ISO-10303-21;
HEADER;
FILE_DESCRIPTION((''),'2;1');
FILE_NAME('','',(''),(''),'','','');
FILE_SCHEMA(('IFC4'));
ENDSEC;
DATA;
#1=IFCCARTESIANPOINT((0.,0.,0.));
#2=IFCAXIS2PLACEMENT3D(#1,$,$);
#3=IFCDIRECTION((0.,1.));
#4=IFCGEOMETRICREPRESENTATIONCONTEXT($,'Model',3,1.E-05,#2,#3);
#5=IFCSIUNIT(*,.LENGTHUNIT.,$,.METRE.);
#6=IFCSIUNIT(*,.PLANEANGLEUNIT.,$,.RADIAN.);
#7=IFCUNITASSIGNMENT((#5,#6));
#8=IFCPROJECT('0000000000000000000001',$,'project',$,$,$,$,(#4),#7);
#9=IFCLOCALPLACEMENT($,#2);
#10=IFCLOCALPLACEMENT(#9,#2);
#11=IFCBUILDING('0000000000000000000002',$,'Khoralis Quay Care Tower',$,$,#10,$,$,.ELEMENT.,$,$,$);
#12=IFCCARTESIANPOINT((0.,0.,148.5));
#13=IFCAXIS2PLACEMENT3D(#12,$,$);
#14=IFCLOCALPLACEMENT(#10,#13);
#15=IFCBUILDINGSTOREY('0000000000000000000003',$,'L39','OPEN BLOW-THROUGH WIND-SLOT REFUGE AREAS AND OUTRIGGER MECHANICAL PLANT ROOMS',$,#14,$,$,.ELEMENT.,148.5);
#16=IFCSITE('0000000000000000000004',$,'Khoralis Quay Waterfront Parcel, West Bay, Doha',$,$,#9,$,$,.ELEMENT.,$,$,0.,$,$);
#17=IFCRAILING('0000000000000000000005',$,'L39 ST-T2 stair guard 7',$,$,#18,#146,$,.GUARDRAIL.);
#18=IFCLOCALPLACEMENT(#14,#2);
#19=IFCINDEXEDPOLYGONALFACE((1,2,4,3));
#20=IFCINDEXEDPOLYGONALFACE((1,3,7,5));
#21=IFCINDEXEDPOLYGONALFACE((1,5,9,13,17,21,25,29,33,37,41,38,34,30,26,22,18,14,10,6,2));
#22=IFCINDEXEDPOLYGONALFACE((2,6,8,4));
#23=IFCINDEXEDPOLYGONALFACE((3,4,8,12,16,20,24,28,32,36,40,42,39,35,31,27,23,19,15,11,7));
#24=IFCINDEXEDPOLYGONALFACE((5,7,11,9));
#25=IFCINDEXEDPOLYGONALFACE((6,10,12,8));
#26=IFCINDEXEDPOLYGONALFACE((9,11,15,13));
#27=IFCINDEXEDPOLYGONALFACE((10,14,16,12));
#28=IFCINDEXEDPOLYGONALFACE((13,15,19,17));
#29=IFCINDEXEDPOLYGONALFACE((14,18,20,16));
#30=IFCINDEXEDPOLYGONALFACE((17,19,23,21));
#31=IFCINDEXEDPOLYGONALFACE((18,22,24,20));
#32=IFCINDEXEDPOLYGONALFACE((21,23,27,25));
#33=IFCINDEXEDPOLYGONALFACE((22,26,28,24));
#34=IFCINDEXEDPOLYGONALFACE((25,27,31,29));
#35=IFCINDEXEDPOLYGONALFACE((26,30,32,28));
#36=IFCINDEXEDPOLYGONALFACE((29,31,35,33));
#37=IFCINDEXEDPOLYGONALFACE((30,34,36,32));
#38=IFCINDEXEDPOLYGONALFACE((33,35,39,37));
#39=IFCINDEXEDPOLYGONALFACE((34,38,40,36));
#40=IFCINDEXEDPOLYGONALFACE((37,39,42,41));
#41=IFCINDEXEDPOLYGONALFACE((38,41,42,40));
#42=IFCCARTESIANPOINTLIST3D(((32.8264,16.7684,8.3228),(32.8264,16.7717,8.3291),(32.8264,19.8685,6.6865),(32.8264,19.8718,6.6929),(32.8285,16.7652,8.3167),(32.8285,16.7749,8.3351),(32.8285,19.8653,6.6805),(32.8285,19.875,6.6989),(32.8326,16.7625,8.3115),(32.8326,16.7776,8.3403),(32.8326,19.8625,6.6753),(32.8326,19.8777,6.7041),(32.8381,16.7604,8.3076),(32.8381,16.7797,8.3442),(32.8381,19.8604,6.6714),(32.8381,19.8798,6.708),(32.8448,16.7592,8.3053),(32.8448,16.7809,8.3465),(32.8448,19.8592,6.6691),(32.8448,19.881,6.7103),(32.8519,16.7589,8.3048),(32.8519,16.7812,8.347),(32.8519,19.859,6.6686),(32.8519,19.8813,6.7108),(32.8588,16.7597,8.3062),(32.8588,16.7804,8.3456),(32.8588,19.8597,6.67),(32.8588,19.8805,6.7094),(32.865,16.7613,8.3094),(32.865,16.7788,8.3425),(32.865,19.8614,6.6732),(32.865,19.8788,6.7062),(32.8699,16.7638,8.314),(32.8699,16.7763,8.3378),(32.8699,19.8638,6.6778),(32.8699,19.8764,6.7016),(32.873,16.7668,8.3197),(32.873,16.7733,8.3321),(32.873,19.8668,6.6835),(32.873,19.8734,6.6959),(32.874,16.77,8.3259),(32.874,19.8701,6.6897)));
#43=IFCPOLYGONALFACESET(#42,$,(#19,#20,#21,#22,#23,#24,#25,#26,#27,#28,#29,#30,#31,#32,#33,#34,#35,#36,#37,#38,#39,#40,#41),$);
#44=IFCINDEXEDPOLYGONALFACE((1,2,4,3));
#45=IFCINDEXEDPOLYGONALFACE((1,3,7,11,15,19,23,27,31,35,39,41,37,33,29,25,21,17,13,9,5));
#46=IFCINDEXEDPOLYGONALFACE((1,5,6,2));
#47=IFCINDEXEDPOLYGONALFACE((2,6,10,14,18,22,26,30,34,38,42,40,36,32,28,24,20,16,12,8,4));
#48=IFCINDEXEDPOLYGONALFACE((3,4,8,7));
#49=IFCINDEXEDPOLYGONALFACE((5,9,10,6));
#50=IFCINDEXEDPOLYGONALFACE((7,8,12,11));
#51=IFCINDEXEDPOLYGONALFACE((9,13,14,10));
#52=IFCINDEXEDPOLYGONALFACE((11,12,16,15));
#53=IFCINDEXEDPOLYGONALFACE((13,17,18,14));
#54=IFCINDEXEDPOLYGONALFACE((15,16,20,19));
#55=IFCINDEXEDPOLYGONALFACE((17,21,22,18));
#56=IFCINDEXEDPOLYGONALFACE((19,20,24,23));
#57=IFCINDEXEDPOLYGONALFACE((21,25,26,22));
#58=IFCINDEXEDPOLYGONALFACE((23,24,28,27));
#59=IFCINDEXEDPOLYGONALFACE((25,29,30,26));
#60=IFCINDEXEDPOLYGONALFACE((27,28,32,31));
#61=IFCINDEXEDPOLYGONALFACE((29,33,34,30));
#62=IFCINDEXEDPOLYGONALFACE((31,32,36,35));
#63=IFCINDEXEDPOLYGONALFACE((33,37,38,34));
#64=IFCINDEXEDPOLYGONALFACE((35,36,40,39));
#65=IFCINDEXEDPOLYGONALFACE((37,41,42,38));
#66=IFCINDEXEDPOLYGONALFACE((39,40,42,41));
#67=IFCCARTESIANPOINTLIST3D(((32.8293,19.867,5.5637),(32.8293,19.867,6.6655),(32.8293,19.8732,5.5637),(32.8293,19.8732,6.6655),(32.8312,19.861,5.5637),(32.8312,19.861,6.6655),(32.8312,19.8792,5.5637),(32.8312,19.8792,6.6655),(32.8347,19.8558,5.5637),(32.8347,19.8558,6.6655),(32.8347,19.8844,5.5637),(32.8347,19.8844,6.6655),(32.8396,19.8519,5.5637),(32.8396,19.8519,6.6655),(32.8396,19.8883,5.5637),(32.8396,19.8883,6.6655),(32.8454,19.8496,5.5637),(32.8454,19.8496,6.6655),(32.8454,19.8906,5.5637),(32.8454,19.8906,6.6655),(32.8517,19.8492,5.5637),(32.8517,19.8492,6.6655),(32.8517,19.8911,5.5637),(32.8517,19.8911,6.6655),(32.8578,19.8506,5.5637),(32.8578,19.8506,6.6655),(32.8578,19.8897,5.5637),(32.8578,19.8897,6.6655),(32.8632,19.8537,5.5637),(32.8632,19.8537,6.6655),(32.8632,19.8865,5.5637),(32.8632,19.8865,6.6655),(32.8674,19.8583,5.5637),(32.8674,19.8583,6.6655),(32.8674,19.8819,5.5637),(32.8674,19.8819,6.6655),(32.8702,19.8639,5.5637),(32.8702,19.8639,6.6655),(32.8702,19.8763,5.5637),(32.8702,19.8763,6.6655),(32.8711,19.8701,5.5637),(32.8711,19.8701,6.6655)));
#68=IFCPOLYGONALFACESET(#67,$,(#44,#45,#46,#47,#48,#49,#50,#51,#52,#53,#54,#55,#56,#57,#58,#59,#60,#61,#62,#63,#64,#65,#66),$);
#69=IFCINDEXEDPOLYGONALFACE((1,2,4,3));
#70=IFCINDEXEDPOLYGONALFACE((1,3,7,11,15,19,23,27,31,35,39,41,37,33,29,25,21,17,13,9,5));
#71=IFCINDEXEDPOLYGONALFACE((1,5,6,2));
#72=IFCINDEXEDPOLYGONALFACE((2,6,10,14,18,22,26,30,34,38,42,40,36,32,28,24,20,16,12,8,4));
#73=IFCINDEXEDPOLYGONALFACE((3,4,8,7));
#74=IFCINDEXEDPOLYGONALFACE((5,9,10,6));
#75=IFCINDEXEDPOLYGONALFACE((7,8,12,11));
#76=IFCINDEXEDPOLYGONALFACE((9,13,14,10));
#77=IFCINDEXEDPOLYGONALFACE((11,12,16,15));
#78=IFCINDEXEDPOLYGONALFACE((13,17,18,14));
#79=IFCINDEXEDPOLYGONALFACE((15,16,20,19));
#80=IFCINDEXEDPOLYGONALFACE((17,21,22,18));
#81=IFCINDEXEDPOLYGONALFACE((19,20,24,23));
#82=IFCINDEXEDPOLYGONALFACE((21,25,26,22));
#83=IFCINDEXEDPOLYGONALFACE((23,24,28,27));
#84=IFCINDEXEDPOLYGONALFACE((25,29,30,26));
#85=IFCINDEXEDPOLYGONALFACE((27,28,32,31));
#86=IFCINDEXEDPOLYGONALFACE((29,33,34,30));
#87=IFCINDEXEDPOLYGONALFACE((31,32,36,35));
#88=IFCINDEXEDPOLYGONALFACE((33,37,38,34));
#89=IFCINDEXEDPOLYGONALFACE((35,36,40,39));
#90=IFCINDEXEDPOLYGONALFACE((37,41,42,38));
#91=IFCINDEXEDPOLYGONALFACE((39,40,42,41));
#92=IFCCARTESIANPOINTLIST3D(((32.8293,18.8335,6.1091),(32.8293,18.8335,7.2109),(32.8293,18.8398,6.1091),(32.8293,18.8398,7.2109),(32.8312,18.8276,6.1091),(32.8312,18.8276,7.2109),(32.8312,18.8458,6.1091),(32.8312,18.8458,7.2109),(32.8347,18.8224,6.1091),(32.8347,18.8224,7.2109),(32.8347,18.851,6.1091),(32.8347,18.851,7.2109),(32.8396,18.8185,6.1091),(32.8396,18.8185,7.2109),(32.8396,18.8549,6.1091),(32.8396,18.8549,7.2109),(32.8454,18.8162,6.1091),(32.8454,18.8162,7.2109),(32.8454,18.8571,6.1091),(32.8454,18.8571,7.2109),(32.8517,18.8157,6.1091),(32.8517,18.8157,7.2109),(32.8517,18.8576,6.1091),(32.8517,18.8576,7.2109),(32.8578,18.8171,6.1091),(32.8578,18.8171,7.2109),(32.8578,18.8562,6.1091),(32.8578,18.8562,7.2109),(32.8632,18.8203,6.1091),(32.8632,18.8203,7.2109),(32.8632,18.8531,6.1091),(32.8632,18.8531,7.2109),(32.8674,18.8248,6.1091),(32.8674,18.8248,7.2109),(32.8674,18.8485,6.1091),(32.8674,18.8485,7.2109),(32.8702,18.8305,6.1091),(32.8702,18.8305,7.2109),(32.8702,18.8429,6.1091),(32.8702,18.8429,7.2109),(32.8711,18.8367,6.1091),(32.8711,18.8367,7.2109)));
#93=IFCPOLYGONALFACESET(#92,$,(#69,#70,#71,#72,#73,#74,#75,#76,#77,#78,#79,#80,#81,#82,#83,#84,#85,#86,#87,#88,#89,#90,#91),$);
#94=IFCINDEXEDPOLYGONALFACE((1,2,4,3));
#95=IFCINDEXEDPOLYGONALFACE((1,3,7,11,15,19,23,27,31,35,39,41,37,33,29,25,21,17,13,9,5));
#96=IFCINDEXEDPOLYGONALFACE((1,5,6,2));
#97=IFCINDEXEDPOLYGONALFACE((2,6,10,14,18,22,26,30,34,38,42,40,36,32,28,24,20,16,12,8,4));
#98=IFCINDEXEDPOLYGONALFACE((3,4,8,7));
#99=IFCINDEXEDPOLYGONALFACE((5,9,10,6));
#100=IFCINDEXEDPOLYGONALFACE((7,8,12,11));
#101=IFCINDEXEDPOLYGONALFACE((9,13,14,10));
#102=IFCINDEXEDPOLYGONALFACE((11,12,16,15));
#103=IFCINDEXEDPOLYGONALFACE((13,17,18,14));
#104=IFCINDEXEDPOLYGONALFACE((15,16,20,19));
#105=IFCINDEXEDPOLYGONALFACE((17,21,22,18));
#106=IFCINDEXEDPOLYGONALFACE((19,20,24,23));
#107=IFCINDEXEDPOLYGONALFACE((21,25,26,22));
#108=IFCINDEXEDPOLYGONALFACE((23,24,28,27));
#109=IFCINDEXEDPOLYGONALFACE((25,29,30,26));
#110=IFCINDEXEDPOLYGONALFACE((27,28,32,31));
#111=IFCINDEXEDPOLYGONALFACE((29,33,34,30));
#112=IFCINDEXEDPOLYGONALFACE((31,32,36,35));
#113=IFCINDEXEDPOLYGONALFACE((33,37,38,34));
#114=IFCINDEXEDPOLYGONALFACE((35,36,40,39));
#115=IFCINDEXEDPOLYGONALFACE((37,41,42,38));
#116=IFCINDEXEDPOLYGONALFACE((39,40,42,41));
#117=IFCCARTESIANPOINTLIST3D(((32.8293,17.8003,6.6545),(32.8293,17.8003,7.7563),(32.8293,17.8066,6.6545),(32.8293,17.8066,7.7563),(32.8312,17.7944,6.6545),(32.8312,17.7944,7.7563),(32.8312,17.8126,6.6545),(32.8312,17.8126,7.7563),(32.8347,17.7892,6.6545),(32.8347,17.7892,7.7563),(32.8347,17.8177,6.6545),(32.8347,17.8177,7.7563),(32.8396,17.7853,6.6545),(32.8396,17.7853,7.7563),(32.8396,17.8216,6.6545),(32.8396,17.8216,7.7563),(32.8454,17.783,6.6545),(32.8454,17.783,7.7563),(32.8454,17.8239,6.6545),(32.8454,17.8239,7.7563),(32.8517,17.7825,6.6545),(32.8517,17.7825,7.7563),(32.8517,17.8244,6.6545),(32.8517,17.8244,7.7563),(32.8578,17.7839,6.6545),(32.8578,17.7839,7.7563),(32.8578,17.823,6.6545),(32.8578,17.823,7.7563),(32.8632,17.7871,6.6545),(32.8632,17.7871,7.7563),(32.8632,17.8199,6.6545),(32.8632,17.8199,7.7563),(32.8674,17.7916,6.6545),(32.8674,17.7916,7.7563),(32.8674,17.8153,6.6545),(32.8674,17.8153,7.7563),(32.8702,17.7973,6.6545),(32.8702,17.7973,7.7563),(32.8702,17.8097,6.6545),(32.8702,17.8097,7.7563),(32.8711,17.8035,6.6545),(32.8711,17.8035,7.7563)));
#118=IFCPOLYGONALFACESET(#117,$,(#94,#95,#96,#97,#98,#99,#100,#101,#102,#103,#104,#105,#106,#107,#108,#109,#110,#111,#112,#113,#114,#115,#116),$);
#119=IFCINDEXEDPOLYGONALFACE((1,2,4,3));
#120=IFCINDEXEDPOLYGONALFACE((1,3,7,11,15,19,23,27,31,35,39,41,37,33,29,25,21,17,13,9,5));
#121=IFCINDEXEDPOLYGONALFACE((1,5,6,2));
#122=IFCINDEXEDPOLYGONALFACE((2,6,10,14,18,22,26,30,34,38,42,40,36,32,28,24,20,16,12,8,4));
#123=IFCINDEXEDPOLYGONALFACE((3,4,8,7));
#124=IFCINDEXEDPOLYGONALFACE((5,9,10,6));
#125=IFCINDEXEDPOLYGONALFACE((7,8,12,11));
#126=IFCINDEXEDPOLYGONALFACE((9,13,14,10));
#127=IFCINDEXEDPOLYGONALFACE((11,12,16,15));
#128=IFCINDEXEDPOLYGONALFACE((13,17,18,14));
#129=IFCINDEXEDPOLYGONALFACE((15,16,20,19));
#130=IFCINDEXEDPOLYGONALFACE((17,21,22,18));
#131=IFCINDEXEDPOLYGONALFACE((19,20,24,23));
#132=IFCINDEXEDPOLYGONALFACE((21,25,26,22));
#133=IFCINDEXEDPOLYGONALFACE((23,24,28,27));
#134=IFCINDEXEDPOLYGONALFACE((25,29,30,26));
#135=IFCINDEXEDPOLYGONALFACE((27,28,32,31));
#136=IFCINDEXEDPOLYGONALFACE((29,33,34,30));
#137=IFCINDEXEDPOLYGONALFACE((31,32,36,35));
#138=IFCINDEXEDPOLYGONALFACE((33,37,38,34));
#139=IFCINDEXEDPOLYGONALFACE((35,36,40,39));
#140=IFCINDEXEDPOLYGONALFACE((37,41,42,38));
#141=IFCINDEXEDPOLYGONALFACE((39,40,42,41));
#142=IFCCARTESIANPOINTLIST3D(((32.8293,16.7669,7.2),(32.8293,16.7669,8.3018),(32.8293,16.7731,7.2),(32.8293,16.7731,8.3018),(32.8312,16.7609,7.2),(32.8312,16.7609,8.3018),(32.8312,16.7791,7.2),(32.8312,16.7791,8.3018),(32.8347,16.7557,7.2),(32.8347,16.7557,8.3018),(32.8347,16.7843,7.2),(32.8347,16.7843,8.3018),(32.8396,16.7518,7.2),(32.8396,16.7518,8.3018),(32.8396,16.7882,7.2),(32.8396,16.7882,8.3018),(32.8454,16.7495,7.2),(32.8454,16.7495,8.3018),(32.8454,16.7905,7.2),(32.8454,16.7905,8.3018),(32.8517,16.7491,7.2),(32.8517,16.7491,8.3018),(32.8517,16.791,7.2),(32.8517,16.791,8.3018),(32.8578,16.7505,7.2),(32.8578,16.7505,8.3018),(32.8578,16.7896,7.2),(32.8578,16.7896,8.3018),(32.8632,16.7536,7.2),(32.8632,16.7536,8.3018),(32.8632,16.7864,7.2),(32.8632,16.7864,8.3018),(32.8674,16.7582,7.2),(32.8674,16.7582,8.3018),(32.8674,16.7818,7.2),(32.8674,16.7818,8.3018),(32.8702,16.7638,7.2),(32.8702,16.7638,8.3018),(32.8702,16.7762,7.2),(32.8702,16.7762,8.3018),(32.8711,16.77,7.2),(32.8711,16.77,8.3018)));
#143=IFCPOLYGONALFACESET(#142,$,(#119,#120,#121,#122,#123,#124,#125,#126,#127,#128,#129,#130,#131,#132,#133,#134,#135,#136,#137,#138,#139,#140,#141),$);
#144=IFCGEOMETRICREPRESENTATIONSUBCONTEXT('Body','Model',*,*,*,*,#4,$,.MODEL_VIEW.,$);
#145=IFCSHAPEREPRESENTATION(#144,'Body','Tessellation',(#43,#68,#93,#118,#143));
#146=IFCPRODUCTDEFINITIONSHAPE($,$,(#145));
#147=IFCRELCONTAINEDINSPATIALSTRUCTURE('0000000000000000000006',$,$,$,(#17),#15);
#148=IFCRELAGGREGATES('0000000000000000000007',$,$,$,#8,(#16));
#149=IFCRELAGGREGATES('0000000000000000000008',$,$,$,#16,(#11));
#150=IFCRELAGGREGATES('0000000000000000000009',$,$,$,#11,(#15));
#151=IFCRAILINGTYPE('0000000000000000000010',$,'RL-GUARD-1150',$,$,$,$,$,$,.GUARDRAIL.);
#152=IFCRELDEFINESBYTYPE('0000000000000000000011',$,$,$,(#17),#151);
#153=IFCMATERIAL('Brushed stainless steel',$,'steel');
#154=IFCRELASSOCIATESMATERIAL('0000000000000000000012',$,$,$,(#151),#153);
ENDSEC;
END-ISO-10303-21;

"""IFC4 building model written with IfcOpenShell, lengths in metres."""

from ifc_helpers import new_model, si_unit, direction, frame, origin, origin_2d, place, context, subcontext, project, spatial, circle, extrude, material, type_object, element, save


model = new_model("IFC4")

# Units and contexts
model_context = context("Model", 3, precision=1e-05, world=origin(), true_north=direction((0.0, 1.0)))
body_context = subcontext(model_context, "Body", "Model", "MODEL_VIEW")
ifc_project = project(units=[si_unit("LENGTHUNIT", "METRE"), si_unit("PLANEANGLEUNIT", "RADIAN")], contexts=[model_context])

# Site, building, storey
site_placement = place(None, origin())
site = spatial("IfcSite", under=ifc_project, at=site_placement, Name="Khoralis Quay Waterfront Parcel, West Bay, Doha", CompositionType="ELEMENT", RefElevation=0.0)
building_placement = place(site_placement, origin())
building = spatial("IfcBuilding", under=site, at=building_placement, Name="Khoralis Quay Care Tower", CompositionType="ELEMENT")
storey_placement = place(building_placement, frame((0.0, 0.0, 148.5)))
storey = spatial("IfcBuildingStorey", under=building, at=storey_placement, Name="L39", Description="OPEN BLOW-THROUGH WIND-SLOT REFUGE AREAS AND OUTRIGGER MECHANICAL PLANT ROOMS", CompositionType="ELEMENT", Elevation=148.5)

# Shared definitions
ifc_material_1 = material(Name="Brushed stainless steel", Category="steel")

# Railing
railing_type_1 = type_object("IfcRailingType", Name="RL-GUARD-1150", PredefinedType="GUARDRAIL", material=ifc_material_1)
railing_1_placement = place(storey_placement, frame((32.8501, 19.8701, 5.5637)))
element("IfcRailing", 1, at=railing_1_placement, inside=storey, type_object=railing_type_1, Name="L39 ST-T2 stair guard 7", PredefinedType="GUARDRAIL", context=body_context, shape_type="SweptSolid", body=[
    extrude(circle(Radius=0.0239, at=origin_2d()), frame((0.0, 0.0, 1.126), z_axis=(0.0, -0.884377, 0.466774), x_axis=(1.0, 0.0, 0.0)), (0.0, 0.0, 1.0), 3.5054),
    extrude(circle(Radius=0.021, at=origin_2d()), origin(), (0.0, 0.0, 1.0), 1.1018),
    extrude(circle(Radius=0.021, at=origin_2d()), frame((0.0, -1.0334, 0.5454)), (0.0, 0.0, 1.0), 1.1018),
    extrude(circle(Radius=0.021, at=origin_2d()), frame((0.0, -2.0667, 1.0908)), (0.0, 0.0, 1.0), 1.1018),
    extrude(circle(Radius=0.021, at=origin_2d()), frame((0.0, -3.1001, 1.6362)), (0.0, 0.0, 1.0), 1.1018),
])

save(model, "model.ifc")
